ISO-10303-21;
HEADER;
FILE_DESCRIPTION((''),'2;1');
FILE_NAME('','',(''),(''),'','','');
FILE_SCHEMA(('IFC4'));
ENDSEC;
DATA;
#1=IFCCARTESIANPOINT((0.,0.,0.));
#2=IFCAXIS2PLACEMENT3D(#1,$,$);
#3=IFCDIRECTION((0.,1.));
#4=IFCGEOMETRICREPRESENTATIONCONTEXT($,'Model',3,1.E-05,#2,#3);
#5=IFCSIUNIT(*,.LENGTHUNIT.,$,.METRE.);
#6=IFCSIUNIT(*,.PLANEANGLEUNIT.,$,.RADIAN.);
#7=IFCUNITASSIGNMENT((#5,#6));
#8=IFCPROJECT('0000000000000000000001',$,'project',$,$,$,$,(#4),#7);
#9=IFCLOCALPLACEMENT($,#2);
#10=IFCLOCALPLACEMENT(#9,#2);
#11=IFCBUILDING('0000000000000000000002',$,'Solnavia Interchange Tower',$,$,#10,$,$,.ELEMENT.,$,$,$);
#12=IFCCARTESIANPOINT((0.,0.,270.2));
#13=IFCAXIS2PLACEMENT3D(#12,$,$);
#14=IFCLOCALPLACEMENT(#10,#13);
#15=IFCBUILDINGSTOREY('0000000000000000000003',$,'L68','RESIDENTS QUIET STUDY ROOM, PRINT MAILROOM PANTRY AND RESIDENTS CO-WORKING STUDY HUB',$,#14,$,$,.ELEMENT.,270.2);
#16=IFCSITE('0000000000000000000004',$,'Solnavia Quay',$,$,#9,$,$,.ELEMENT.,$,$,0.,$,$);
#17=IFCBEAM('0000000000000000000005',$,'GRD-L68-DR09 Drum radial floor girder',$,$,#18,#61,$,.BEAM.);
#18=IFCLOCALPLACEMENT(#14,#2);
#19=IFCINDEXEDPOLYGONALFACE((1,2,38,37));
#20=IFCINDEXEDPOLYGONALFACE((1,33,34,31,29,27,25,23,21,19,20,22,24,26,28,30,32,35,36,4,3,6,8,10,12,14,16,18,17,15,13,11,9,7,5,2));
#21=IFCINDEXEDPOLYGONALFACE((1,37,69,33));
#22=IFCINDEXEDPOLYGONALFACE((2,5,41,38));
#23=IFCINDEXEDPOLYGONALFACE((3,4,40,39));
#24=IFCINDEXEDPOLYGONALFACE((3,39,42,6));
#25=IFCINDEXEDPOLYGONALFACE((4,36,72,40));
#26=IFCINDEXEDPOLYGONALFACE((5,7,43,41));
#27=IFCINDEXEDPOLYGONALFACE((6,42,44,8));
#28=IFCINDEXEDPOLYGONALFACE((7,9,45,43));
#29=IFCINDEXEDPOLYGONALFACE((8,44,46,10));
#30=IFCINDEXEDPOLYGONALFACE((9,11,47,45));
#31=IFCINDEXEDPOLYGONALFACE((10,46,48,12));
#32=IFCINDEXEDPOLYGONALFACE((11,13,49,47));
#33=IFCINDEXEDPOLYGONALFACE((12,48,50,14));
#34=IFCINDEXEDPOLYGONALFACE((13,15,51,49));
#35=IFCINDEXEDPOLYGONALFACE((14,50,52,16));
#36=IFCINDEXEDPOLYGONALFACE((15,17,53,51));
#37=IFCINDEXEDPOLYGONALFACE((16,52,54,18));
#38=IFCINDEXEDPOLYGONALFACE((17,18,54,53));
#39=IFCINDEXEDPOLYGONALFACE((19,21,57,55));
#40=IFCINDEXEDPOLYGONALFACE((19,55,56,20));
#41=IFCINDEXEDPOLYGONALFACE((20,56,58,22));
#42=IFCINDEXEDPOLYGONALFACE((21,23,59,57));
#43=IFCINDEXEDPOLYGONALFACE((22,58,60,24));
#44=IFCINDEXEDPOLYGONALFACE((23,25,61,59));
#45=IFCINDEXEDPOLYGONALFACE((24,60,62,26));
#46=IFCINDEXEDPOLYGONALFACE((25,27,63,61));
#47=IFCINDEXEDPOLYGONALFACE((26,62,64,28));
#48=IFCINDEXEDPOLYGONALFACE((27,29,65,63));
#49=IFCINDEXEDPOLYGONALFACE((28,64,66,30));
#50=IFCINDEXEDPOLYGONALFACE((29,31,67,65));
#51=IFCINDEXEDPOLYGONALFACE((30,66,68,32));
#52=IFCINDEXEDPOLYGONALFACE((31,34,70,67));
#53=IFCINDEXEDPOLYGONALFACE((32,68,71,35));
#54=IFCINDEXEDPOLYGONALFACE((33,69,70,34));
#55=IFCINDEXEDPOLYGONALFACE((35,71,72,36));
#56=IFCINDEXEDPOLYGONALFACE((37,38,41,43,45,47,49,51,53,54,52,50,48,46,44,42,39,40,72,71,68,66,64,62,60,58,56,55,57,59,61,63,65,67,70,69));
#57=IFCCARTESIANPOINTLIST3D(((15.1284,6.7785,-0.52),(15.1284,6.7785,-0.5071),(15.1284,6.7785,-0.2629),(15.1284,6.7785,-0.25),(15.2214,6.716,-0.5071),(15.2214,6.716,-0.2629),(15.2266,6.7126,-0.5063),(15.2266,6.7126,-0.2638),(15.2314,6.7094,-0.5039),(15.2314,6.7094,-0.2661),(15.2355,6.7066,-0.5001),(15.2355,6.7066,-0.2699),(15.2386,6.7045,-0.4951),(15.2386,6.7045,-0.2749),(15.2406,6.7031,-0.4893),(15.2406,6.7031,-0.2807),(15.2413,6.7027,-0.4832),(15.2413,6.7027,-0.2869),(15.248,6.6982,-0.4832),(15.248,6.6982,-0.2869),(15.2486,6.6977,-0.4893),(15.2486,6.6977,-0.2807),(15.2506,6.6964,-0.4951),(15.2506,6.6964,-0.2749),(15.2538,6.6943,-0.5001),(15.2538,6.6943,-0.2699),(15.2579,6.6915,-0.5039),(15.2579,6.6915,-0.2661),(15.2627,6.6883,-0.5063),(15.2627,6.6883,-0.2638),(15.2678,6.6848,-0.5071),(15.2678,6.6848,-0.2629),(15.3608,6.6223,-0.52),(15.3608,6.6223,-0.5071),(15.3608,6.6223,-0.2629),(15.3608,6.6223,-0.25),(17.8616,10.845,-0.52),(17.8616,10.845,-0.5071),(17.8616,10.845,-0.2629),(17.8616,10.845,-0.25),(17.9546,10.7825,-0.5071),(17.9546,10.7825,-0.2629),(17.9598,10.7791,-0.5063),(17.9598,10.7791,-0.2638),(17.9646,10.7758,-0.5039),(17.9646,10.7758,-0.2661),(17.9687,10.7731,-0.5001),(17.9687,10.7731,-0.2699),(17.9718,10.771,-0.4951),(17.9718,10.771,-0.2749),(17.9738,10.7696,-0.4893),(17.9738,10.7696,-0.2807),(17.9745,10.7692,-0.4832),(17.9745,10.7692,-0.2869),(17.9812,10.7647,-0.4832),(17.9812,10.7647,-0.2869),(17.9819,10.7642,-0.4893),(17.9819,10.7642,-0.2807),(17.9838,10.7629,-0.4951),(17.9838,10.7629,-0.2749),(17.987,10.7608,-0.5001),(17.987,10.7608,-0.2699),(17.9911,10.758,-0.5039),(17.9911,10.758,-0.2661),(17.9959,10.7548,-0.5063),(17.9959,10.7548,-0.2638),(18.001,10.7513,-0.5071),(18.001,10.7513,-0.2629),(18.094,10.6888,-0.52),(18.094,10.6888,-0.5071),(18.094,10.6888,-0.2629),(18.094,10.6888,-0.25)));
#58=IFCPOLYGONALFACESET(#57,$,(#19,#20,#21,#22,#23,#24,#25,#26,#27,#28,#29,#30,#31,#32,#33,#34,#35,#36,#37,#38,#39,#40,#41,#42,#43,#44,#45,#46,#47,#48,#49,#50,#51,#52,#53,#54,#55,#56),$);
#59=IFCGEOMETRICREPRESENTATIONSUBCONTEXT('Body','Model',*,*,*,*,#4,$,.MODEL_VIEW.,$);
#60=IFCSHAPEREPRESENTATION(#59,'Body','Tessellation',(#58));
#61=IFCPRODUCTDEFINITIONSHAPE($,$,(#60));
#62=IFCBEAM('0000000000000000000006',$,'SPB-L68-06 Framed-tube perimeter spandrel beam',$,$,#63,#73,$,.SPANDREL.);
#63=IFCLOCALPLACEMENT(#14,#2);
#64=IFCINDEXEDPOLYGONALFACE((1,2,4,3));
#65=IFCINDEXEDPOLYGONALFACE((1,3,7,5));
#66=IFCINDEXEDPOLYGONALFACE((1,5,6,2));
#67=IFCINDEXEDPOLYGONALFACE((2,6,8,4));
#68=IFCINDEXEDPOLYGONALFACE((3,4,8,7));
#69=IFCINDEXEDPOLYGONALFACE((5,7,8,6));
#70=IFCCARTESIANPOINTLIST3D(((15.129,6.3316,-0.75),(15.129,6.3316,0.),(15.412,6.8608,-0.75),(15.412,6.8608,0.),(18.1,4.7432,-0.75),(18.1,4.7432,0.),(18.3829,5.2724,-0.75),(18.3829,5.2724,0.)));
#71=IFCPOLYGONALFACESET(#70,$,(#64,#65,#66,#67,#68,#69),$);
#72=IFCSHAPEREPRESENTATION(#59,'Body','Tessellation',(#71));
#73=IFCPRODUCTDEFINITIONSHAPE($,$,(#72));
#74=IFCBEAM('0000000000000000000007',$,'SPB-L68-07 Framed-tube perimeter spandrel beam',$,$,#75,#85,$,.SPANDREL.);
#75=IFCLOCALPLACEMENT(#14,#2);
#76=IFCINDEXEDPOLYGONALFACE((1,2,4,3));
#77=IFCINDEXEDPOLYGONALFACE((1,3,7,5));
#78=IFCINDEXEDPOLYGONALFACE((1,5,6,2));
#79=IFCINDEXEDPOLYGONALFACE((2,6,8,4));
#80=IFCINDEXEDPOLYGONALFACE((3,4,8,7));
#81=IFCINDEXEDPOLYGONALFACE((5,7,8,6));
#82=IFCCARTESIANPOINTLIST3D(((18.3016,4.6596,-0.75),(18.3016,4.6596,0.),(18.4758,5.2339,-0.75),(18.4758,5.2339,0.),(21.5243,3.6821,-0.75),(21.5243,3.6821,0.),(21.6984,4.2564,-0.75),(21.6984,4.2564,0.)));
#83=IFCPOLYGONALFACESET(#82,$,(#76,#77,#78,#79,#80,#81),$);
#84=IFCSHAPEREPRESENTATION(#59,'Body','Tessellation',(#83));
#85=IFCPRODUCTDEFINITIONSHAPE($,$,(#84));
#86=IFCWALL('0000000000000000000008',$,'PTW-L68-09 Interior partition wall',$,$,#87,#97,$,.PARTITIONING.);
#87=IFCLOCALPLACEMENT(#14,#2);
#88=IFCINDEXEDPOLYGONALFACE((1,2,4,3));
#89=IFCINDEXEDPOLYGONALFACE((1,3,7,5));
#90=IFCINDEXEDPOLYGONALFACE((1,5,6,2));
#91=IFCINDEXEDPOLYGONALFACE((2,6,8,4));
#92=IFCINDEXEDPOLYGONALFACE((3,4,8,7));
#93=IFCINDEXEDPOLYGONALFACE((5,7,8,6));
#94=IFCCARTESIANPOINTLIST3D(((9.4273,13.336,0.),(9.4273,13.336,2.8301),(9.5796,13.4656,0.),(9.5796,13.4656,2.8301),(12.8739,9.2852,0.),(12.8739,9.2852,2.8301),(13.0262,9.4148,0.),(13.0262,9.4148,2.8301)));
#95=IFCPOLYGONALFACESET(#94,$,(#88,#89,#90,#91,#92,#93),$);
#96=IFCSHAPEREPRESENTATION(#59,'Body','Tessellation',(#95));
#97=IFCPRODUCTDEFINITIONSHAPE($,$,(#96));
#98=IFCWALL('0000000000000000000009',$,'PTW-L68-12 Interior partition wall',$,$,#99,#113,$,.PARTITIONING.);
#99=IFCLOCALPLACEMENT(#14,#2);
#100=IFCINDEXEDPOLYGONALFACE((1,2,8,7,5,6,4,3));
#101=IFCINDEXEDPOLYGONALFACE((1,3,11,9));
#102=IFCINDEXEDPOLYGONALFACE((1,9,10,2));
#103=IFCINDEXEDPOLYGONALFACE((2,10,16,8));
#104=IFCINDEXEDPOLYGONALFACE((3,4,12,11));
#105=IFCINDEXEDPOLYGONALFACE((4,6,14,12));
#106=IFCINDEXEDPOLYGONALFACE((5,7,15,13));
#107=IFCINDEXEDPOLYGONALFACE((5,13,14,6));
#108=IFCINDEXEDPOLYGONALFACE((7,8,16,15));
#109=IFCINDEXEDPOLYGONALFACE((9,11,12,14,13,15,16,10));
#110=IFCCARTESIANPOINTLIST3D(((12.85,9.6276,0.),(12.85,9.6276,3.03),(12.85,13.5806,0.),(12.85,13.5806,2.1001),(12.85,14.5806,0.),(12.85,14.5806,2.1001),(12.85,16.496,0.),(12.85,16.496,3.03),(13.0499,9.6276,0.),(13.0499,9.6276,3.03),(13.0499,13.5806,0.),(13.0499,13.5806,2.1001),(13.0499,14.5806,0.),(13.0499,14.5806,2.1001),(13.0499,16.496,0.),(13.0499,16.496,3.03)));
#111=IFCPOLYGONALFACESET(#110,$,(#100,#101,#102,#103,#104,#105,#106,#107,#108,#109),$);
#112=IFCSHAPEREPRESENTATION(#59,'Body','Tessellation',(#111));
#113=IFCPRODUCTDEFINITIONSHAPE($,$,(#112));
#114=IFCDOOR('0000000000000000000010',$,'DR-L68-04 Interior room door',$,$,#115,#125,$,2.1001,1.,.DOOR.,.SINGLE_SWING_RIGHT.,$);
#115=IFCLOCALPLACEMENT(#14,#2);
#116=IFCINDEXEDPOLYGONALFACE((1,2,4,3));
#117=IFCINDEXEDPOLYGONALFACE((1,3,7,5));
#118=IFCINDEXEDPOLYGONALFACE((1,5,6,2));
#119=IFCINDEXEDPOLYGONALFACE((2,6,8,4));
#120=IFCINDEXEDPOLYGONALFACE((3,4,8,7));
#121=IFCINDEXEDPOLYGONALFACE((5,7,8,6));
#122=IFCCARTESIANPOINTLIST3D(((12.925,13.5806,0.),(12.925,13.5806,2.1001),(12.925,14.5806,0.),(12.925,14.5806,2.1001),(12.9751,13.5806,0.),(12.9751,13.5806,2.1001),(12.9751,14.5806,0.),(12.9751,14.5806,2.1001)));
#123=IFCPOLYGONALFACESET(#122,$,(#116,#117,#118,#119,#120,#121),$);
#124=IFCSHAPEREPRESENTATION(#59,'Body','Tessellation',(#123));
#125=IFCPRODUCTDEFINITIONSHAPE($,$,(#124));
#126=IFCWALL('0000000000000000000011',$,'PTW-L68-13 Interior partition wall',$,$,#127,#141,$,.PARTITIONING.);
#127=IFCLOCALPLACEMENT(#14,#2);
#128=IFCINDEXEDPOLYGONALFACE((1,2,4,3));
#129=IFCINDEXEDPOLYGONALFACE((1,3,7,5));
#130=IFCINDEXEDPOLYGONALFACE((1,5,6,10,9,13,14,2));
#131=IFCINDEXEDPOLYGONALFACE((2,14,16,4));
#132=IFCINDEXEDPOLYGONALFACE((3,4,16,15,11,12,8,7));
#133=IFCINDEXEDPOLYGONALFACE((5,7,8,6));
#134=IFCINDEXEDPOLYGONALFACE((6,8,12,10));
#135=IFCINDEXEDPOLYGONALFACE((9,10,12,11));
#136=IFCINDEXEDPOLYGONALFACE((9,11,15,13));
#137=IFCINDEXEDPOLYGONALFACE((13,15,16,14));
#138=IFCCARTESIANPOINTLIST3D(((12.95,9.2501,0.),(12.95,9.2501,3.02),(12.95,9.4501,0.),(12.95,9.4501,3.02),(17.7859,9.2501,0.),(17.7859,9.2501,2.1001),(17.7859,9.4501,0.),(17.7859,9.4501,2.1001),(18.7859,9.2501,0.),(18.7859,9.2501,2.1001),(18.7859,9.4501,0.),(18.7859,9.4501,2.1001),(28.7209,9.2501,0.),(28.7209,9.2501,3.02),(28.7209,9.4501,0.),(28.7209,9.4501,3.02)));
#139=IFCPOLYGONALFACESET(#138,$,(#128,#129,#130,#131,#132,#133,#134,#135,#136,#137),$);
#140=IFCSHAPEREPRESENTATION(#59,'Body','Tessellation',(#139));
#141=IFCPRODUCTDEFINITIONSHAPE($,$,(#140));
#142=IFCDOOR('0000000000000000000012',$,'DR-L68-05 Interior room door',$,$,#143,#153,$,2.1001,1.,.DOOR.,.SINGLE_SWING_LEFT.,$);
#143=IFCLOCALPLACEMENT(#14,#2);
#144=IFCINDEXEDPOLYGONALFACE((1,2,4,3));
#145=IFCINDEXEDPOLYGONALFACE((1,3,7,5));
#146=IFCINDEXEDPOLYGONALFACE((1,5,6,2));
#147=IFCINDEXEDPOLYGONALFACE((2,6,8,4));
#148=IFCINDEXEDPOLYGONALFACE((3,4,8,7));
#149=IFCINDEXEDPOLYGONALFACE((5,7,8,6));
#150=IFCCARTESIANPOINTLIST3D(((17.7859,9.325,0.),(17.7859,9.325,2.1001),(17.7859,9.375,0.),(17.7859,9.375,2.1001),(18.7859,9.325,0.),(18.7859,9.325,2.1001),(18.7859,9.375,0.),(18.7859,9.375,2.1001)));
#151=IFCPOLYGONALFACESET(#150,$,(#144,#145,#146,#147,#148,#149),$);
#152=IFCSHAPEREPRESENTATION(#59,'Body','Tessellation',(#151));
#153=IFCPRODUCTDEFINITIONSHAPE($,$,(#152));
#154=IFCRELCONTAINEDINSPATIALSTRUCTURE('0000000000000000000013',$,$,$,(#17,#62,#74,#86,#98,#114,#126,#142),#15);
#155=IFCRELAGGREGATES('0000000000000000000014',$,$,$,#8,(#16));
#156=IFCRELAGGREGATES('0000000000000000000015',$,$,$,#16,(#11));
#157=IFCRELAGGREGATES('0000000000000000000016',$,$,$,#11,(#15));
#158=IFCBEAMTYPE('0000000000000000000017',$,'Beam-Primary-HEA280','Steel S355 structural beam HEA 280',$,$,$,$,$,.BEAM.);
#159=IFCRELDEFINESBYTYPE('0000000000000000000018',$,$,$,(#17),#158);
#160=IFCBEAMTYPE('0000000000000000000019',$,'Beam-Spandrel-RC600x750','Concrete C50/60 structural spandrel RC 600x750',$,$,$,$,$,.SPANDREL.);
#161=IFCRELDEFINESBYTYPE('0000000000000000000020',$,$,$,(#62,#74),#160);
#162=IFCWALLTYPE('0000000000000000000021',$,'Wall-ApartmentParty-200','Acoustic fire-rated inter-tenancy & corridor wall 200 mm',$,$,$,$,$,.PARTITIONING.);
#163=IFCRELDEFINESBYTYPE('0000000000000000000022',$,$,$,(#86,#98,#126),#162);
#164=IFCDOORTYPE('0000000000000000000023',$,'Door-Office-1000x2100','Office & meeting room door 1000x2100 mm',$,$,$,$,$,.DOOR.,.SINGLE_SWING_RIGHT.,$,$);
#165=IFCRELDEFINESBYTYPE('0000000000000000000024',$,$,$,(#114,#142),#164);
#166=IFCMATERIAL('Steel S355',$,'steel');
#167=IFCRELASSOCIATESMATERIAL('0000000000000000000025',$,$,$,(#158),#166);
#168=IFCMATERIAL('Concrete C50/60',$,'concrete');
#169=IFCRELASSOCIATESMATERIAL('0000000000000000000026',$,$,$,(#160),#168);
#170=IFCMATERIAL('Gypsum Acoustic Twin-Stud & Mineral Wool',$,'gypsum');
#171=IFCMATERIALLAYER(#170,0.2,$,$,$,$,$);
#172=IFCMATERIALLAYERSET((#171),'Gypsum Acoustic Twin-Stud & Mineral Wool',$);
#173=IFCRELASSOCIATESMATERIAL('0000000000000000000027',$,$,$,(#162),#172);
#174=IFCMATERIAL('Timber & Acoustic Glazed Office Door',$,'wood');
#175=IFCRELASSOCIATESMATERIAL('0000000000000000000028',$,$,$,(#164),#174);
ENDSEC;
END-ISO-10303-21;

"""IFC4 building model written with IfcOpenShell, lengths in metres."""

from ifc_helpers import new_model, si_unit, direction, frame, frame_2d, origin, origin_2d, place, context, subcontext, project, spatial, rectangle, i_section, extrude, material, layer, layer_set, material_profile, profile_set, type_object, element, fill, save


model = new_model("IFC4")

# Units and contexts
model_context = context("Model", 3, precision=1e-05, world=origin(), true_north=direction((0.0, 1.0)))
body_context = subcontext(model_context, "Body", "Model", "MODEL_VIEW")
ifc_project = project(units=[si_unit("LENGTHUNIT", "METRE"), si_unit("PLANEANGLEUNIT", "RADIAN")], contexts=[model_context])

# Site, building, storey
site_placement = place(None, origin())
site = spatial("IfcSite", under=ifc_project, at=site_placement, Name="Solnavia Quay", CompositionType="ELEMENT", RefElevation=0.0)
building_placement = place(site_placement, origin())
building = spatial("IfcBuilding", under=site, at=building_placement, Name="Solnavia Interchange Tower", CompositionType="ELEMENT")
storey_placement = place(building_placement, frame((0.0, 0.0, 270.2)))
storey = spatial("IfcBuildingStorey", under=building, at=storey_placement, Name="L68", Description="RESIDENTS QUIET STUDY ROOM, PRINT MAILROOM PANTRY AND RESIDENTS CO-WORKING STUDY HUB", CompositionType="ELEMENT", Elevation=270.2)

# Shared definitions
ifc_material_1 = material(Name="Concrete C50/60", Category="concrete")

# Beams
ifc_material_2 = material(Name="Steel S355", Category="steel")
ifc_material_profile_1 = material_profile(ifc_material_2, i_section(OverallWidth=0.28, OverallDepth=0.27, WebThickness=0.0081, FlangeThickness=0.0129, FilletRadius=0.0239, at=origin_2d()), Name="HEA 280")
ifc_profile_set_1 = profile_set([ifc_material_profile_1], Name="Steel S355")
beam_type_1 = type_object("IfcBeamType", Name="Beam-Primary-HEA280", Description="Steel S355 structural beam HEA 280", PredefinedType="BEAM", material=ifc_profile_set_1)
beam_1_placement = place(storey_placement, frame((15.2446, 6.7004, -0.385), z_axis=(0.557835, 0.829952, 0.0), x_axis=(-0.829952, 0.557835, 0.0)))
element("IfcBeam", 1, at=beam_1_placement, inside=storey, type_object=beam_type_1, Name="GRD-L68-DR09 Drum radial floor girder", PredefinedType="BEAM", context=body_context, shape_type="SweptSolid", body=[
    extrude(i_section(OverallWidth=0.28, OverallDepth=0.27, WebThickness=0.0081, FlangeThickness=0.0129, FilletRadius=0.0239, at=origin_2d()), origin(), (0.0, 0.0, 1.0), 4.8997),
])
ifc_material_profile_2 = material_profile(ifc_material_1, rectangle(XDim=0.6001, YDim=0.75, at=origin_2d()), Name="RC 600x750")
ifc_profile_set_2 = profile_set([ifc_material_profile_2], Name="Concrete C50/60")
beam_type_2 = type_object("IfcBeamType", Name="Beam-Spandrel-RC600x750", Description="Concrete C50/60 structural spandrel RC 600x750", PredefinedType="SPANDREL", material=ifc_profile_set_2)
beam_2_placement = place(storey_placement, frame((15.2705, 6.5962, -0.375), z_axis=(0.881875, -0.471483, 0.0), x_axis=(0.471483, 0.881875, 0.0)))
element("IfcBeam", 2, at=beam_2_placement, inside=storey, type_object=beam_type_2, Name="SPB-L68-06 Framed-tube perimeter spandrel beam", PredefinedType="SPANDREL", context=body_context, shape_type="SweptSolid", body=[
    extrude(rectangle(XDim=0.6001, YDim=0.75, at=origin_2d()), origin(), (0.0, 0.0, 1.0), 3.3689),
])
beam_3_placement = place(storey_placement, frame((18.3887, 4.9468, -0.375), z_axis=(0.956944, -0.290273, 0.0), x_axis=(0.290273, 0.956944, 0.0)))
element("IfcBeam", 3, at=beam_3_placement, inside=storey, type_object=beam_type_2, Name="SPB-L68-07 Framed-tube perimeter spandrel beam", PredefinedType="SPANDREL", context=body_context, shape_type="SweptSolid", body=[
    extrude(rectangle(XDim=0.6001, YDim=0.75, at=origin_2d()), origin(), (0.0, 0.0, 1.0), 3.3677),
])

# Wall
ifc_material_3 = material(Name="Gypsum Acoustic Twin-Stud & Mineral Wool", Category="gypsum")
ifc_layer_1 = layer(ifc_material_3, 0.2)
ifc_layer_set_1 = layer_set([ifc_layer_1], Name="Gypsum Acoustic Twin-Stud & Mineral Wool")
wall_type_1 = type_object("IfcWallType", Name="Wall-ApartmentParty-200", Description="Acoustic fire-rated inter-tenancy & corridor wall 200 mm", PredefinedType="PARTITIONING", material=ifc_layer_set_1)
wall_1_placement = place(storey_placement, frame((12.95, 9.3501, 0.0), z_axis=(0.0, 0.0, 1.0), x_axis=(-0.648016, 0.761627, 0.0)))
element("IfcWall", 4, at=wall_1_placement, inside=storey, type_object=wall_type_1, Name="PTW-L68-09 Interior partition wall", PredefinedType="PARTITIONING", context=body_context, shape_type="SweptSolid", body=[
    extrude(rectangle(XDim=5.3186, YDim=0.2, at=frame_2d((2.6592, 0.0))), origin(), (0.0, 0.0, 1.0), 2.8301),
])

# Walls, openings, doors
wall_2_placement = place(storey_placement, frame((12.95, 9.6277, 0.0), z_axis=(0.0, 0.0, 1.0), x_axis=(0.0, 1.0, 0.0)))
wall_2 = element("IfcWall", 5, at=wall_2_placement, inside=storey, type_object=wall_type_1, Name="PTW-L68-12 Interior partition wall", PredefinedType="PARTITIONING", context=body_context, shape_type="SweptSolid", body=[
    extrude(rectangle(XDim=6.8684, YDim=0.2, at=frame_2d((3.4341, 0.0))), origin(), (0.0, 0.0, 1.0), 3.03),
])
opening_1_placement = place(wall_2_placement, frame((3.9529, 0.0, 0.0)))
opening_1 = element("IfcOpeningElement", 6, at=opening_1_placement, cuts=wall_2, PredefinedType="OPENING", context=body_context, shape_type="SweptSolid", body=[
    extrude(rectangle(XDim=1.0, YDim=2.1001, at=frame_2d((0.5, 1.05))), frame((0.0, 0.1099, 0.0), z_axis=(0.0, -1.0, 0.0), x_axis=(1.0, 0.0, 0.0)), (0.0, 0.0, 1.0), 0.22),
])
ifc_material_4 = material(Name="Timber & Acoustic Glazed Office Door", Category="wood")
door_type_1 = type_object("IfcDoorType", Name="Door-Office-1000x2100", Description="Office & meeting room door 1000x2100 mm", OperationType="SINGLE_SWING_RIGHT", PredefinedType="DOOR", material=ifc_material_4)
door_1_placement = place(opening_1_placement, origin())
door_1 = element("IfcDoor", 7, at=door_1_placement, inside=storey, type_object=door_type_1, Name="DR-L68-04 Interior room door", OperationType="SINGLE_SWING_RIGHT", OverallHeight=2.1001, OverallWidth=1.0, PredefinedType="DOOR", context=body_context, shape_type="SweptSolid", body=[
    extrude(rectangle(XDim=1.0, YDim=2.1001, at=frame_2d((0.5, 1.05))), frame((0.0, 0.0249, 0.0), z_axis=(0.0, -1.0, 0.0), x_axis=(1.0, 0.0, 0.0)), (0.0, 0.0, 1.0), 0.05),
])
fill(opening_1, door_1)
wall_3_placement = place(storey_placement, frame((12.95, 9.3501, 0.0), z_axis=(0.0, 0.0, 1.0), x_axis=(1.0, 0.0, 0.0)))
wall_3 = element("IfcWall", 8, at=wall_3_placement, inside=storey, type_object=wall_type_1, Name="PTW-L68-13 Interior partition wall", PredefinedType="PARTITIONING", context=body_context, shape_type="SweptSolid", body=[
    extrude(rectangle(XDim=15.771, YDim=0.2, at=frame_2d((7.8855, 0.0))), origin(), (0.0, 0.0, 1.0), 3.02),
])
opening_2_placement = place(wall_3_placement, frame((4.8359, 0.0, 0.0)))
opening_2 = element("IfcOpeningElement", 9, at=opening_2_placement, cuts=wall_3, PredefinedType="OPENING", context=body_context, shape_type="SweptSolid", body=[
    extrude(rectangle(XDim=1.0, YDim=2.1001, at=frame_2d((0.5, 1.05))), frame((0.0, 0.1099, 0.0), z_axis=(0.0, -1.0, 0.0), x_axis=(1.0, 0.0, 0.0)), (0.0, 0.0, 1.0), 0.22),
])
door_2_placement = place(opening_2_placement, origin())
door_2 = element("IfcDoor", 10, at=door_2_placement, inside=storey, type_object=door_type_1, Name="DR-L68-05 Interior room door", OperationType="SINGLE_SWING_LEFT", OverallHeight=2.1001, OverallWidth=1.0, PredefinedType="DOOR", context=body_context, shape_type="SweptSolid", body=[
    extrude(rectangle(XDim=1.0, YDim=2.1001, at=frame_2d((0.5, 1.05))), frame((0.0, 0.0249, 0.0), z_axis=(0.0, -1.0, 0.0), x_axis=(1.0, 0.0, 0.0)), (0.0, 0.0, 1.0), 0.05),
])
fill(opening_2, door_2)

save(model, "model.ifc")
